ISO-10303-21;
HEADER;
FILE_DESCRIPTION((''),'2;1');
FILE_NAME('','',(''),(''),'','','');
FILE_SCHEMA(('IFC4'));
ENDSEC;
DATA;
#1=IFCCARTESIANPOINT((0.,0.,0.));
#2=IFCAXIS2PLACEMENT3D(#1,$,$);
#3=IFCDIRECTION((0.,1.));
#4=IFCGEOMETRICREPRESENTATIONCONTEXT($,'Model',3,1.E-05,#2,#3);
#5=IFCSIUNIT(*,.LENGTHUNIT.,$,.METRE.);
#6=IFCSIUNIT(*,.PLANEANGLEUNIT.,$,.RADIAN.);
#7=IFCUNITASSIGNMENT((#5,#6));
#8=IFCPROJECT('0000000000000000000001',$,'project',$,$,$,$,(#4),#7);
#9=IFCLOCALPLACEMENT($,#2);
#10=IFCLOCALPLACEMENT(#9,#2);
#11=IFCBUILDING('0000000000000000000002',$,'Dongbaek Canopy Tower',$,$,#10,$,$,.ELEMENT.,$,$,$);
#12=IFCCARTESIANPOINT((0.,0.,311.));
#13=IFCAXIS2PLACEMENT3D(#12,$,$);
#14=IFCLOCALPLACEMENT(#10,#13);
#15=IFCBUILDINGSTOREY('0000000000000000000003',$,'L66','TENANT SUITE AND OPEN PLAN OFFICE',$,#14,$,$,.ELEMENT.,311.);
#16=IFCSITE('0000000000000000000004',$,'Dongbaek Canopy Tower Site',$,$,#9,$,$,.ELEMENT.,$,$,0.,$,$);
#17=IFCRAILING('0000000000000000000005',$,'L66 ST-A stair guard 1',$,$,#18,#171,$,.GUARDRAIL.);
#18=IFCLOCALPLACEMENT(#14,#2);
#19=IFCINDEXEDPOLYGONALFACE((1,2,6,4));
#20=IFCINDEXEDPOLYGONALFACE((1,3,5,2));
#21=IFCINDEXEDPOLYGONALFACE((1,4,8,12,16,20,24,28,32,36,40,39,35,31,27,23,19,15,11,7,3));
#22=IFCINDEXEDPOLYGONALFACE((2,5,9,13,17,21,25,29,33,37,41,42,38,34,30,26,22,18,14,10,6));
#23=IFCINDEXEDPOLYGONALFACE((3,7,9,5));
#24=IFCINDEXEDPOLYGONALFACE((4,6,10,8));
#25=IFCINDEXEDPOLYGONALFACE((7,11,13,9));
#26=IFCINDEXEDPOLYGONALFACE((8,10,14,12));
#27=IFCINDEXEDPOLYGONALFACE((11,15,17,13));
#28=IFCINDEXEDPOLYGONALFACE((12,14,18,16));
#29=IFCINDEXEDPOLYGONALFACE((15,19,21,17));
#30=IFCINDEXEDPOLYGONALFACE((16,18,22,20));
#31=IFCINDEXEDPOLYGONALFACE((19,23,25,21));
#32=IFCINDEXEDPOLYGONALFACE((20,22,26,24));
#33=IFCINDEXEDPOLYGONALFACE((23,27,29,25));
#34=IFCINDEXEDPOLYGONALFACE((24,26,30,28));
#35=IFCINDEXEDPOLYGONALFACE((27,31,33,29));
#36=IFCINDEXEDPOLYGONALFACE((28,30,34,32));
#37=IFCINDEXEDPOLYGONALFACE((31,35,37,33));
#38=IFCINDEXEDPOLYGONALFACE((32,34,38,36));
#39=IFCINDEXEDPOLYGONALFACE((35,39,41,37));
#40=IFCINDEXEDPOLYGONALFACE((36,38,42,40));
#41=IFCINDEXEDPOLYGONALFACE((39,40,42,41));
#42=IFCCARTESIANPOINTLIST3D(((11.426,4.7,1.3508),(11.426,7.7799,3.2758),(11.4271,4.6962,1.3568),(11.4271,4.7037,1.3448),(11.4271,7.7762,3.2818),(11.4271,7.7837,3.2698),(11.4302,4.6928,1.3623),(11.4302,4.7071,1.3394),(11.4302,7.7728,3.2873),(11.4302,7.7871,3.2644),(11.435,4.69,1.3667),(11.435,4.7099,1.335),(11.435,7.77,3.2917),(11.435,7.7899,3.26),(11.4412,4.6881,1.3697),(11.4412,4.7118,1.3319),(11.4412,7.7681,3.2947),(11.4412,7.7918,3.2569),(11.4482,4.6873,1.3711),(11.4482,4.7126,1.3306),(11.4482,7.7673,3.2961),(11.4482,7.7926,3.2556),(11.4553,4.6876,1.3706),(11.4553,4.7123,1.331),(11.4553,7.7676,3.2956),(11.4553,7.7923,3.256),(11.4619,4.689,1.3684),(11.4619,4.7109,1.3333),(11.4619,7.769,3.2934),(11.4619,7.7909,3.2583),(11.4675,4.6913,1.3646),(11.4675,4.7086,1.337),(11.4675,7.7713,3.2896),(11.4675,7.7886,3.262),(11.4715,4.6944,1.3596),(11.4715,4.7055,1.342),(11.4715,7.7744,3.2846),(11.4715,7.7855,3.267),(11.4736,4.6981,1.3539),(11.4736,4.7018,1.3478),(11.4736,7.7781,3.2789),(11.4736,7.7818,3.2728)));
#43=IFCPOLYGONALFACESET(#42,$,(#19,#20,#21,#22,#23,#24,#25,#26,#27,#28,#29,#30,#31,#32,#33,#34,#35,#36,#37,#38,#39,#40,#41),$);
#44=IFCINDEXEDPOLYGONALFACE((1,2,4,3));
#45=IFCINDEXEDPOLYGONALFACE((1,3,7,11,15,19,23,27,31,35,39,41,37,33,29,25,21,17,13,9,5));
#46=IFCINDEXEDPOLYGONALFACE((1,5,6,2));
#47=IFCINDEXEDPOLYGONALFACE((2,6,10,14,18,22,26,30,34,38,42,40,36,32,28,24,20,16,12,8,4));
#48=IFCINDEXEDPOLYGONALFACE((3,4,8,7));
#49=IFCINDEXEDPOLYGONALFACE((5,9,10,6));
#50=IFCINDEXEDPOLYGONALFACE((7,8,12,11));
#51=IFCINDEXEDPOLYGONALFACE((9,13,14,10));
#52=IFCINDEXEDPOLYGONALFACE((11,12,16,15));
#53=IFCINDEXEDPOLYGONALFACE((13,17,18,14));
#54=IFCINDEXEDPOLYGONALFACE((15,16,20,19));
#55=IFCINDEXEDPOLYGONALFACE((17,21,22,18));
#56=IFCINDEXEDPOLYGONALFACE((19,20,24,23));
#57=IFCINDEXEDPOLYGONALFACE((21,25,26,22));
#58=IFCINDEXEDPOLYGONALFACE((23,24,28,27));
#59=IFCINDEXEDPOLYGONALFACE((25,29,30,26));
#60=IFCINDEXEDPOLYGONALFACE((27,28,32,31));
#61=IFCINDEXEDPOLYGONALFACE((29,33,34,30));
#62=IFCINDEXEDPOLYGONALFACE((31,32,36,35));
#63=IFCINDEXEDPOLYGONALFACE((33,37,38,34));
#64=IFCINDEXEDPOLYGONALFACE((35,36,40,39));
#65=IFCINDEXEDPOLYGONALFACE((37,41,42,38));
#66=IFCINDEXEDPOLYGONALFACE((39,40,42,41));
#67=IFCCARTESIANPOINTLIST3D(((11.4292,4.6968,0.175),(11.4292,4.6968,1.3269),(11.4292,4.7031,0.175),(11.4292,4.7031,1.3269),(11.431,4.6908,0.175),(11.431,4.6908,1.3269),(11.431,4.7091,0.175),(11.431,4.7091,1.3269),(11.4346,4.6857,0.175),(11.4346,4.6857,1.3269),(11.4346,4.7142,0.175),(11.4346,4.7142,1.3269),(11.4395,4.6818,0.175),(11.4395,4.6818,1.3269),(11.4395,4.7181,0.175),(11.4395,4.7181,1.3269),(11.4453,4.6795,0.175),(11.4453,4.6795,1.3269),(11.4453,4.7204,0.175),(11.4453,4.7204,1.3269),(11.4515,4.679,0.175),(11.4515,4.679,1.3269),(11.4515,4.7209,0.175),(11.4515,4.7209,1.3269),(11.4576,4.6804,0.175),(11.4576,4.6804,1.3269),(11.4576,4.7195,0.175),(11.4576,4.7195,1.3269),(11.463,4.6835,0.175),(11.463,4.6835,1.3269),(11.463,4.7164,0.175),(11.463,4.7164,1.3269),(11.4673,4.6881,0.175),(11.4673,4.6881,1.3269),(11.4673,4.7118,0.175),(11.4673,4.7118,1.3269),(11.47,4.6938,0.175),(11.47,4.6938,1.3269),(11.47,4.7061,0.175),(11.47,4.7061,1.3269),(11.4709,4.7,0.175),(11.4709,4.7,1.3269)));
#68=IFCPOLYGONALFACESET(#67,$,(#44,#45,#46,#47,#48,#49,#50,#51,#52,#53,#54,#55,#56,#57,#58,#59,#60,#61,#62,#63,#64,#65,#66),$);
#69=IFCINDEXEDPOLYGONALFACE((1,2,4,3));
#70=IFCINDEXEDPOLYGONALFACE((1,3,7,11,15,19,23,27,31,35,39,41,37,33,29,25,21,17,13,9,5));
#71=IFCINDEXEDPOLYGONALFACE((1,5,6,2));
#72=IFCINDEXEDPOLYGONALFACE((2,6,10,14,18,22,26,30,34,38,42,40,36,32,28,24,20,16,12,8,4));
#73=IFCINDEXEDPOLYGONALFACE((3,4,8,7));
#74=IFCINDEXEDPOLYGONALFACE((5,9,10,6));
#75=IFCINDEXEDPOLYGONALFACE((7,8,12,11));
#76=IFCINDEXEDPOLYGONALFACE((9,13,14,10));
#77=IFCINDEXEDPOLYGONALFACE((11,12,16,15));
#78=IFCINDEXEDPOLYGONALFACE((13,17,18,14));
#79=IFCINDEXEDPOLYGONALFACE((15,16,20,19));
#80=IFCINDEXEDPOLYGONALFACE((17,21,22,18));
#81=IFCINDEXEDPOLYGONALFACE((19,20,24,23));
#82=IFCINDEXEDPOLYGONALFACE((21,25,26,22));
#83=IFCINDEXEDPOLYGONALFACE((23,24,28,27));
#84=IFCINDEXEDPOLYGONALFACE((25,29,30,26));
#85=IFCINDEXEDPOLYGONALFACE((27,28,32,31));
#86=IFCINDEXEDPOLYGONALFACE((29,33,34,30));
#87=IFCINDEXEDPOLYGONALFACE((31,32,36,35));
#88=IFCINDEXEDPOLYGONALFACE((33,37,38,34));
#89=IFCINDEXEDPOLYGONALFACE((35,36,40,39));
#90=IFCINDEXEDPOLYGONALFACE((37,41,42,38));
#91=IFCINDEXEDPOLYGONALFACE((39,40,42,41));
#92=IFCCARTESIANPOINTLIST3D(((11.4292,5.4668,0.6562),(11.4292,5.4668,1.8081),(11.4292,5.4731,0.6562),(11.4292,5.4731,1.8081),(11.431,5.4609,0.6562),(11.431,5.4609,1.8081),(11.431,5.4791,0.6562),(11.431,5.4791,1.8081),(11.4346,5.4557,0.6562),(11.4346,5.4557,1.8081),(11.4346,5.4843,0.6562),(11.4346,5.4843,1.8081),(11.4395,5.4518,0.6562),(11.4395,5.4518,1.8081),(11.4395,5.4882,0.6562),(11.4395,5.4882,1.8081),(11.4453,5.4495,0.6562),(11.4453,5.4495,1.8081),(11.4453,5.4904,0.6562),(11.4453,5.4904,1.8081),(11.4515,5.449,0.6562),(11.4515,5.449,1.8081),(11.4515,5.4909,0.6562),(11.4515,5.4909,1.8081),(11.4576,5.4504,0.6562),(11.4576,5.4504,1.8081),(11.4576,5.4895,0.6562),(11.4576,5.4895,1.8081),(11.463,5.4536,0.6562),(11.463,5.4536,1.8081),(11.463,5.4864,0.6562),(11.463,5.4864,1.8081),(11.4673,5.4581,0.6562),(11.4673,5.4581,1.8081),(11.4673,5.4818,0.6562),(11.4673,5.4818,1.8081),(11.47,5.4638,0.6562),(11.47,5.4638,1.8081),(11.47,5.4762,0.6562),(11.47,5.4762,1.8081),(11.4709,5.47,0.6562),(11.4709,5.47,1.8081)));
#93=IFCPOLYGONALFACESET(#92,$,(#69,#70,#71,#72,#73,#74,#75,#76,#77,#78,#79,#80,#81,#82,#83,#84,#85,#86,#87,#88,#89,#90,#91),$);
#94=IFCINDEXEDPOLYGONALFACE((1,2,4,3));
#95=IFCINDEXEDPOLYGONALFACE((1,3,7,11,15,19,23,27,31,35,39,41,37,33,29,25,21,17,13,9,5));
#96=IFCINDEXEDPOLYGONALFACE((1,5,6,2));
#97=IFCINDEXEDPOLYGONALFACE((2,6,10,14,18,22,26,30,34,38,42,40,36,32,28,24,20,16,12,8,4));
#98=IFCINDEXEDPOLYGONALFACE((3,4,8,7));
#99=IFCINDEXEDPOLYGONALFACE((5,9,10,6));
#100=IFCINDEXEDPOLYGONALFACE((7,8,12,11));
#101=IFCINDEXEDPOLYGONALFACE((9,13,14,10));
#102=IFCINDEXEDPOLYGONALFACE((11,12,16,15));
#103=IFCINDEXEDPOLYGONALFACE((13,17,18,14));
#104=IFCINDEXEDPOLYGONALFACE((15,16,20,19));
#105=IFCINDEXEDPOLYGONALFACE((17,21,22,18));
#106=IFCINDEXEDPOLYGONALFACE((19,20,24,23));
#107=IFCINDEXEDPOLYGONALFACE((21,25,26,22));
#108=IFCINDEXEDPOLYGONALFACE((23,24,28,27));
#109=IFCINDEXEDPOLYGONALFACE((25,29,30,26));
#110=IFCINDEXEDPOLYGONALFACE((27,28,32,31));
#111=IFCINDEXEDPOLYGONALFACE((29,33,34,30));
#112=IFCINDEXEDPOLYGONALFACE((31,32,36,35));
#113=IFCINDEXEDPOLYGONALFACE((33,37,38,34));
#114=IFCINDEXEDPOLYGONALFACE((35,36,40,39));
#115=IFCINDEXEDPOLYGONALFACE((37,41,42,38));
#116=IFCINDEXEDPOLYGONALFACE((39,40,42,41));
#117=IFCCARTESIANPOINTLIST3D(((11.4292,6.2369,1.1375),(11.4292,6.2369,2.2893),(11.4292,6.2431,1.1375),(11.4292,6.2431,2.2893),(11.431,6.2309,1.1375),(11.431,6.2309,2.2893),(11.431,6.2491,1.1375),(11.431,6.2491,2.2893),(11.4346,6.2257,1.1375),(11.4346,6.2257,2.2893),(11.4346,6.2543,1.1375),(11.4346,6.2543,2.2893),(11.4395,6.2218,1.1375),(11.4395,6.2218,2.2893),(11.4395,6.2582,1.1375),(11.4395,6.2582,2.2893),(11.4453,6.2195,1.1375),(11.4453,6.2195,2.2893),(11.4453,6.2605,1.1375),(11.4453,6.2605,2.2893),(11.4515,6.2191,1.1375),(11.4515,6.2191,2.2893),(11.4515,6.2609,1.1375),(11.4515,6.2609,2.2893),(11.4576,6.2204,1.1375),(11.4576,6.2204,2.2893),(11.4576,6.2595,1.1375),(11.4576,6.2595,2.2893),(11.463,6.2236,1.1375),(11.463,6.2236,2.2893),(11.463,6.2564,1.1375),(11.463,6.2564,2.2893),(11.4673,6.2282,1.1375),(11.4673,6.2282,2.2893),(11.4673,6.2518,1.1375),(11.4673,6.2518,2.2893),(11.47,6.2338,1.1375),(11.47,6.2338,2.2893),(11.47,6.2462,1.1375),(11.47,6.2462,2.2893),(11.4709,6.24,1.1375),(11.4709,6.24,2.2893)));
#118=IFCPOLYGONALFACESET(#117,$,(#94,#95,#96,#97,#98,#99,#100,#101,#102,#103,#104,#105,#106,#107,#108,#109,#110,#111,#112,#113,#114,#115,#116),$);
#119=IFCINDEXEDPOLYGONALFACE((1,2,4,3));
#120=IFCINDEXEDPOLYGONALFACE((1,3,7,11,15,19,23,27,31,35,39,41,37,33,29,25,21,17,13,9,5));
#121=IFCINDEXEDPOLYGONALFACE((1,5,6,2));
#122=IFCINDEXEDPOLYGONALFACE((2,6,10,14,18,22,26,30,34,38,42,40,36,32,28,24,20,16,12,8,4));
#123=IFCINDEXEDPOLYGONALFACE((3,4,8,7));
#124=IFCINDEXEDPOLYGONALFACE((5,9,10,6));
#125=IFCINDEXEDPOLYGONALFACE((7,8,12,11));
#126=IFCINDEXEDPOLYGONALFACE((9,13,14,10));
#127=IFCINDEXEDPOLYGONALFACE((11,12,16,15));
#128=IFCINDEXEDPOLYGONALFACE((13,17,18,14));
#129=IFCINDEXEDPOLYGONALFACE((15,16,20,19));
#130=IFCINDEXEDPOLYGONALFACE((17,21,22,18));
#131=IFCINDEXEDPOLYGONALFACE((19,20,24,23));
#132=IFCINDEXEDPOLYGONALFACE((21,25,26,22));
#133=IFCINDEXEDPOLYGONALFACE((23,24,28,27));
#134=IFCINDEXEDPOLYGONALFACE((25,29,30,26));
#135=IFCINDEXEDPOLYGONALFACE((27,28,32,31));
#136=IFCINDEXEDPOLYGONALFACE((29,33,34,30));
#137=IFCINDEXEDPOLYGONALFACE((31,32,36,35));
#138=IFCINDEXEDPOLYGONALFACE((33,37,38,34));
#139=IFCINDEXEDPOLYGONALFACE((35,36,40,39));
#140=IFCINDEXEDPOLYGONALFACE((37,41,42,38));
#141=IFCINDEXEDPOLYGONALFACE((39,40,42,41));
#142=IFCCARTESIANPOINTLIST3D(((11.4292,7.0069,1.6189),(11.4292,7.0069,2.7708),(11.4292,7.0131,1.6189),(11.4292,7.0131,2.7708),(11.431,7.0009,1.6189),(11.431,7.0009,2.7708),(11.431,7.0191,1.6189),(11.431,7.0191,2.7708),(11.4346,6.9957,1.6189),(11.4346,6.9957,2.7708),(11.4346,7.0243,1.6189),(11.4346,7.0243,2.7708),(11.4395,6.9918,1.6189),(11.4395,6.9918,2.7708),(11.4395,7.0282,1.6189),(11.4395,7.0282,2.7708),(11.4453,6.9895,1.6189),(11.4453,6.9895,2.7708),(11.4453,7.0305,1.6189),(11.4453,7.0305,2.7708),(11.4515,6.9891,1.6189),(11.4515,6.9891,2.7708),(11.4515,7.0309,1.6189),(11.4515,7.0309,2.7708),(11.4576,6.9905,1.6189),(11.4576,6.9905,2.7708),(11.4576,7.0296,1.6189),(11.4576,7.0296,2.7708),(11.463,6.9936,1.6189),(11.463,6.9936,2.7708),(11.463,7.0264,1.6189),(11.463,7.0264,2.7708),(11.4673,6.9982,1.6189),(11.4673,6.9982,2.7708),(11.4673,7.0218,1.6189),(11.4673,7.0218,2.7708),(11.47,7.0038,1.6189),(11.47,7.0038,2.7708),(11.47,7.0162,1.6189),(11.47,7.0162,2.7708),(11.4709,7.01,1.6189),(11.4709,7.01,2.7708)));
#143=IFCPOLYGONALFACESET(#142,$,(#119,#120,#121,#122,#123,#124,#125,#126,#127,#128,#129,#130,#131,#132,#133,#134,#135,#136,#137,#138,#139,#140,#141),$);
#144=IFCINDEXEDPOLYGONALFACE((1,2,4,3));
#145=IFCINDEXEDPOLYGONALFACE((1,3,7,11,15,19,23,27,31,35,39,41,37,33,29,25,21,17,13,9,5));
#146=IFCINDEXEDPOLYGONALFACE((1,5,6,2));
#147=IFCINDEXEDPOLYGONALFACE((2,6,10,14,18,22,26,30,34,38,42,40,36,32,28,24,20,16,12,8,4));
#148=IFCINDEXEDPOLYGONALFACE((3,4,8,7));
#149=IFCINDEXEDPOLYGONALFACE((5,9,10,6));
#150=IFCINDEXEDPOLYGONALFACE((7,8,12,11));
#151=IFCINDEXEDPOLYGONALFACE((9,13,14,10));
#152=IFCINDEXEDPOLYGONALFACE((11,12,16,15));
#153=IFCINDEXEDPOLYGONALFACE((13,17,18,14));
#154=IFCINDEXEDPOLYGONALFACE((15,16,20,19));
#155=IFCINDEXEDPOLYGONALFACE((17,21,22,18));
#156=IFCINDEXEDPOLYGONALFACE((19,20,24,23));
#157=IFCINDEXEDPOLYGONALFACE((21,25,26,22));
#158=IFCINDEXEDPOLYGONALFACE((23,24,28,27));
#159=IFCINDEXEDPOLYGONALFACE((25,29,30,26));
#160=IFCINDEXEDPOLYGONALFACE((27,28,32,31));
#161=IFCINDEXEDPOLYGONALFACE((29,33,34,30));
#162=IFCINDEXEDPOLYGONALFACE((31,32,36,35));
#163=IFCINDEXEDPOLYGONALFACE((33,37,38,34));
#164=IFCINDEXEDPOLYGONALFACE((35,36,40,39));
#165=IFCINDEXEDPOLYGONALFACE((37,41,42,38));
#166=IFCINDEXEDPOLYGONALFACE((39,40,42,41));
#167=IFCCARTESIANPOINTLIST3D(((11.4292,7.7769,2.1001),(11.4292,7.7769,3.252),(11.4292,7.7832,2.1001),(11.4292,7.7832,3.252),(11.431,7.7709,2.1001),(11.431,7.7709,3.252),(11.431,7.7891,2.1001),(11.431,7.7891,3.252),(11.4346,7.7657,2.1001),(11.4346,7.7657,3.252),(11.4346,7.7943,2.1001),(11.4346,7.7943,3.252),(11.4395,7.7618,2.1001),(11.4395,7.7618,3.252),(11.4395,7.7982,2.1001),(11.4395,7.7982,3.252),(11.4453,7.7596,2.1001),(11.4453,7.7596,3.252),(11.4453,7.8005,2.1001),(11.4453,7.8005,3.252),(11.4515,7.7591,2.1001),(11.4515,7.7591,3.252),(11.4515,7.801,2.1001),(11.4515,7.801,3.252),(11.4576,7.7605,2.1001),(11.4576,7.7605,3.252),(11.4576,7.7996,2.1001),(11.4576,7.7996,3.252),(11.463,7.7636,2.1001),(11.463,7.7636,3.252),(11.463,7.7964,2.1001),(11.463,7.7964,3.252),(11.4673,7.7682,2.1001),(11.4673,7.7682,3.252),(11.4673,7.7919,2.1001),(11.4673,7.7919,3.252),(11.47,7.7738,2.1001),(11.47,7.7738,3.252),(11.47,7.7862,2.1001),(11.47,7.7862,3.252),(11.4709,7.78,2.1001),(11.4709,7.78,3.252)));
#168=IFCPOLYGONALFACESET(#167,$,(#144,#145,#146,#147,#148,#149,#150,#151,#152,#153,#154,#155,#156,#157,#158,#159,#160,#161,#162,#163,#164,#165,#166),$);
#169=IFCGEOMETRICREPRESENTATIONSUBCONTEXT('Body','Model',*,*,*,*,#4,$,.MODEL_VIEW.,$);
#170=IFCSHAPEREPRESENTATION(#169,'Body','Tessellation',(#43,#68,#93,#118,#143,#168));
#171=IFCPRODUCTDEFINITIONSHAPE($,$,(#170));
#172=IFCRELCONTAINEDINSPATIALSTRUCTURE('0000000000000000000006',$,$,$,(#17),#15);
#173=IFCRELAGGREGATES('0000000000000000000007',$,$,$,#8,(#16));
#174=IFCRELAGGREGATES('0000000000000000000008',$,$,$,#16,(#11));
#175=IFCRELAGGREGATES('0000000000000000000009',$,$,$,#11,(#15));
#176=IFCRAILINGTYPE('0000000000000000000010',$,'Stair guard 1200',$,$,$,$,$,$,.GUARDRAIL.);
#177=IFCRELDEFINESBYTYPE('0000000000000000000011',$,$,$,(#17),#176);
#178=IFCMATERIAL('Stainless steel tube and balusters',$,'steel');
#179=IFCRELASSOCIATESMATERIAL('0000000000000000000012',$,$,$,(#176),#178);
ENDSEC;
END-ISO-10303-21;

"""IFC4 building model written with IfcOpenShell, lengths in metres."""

from ifc_helpers import new_model, si_unit, direction, frame, origin, origin_2d, place, context, subcontext, project, spatial, circle, extrude, material, type_object, element, save


model = new_model("IFC4")

# Units and contexts
model_context = context("Model", 3, precision=1e-05, world=origin(), true_north=direction((0.0, 1.0)))
body_context = subcontext(model_context, "Body", "Model", "MODEL_VIEW")
ifc_project = project(units=[si_unit("LENGTHUNIT", "METRE"), si_unit("PLANEANGLEUNIT", "RADIAN")], contexts=[model_context])

# Site, building, storey
site_placement = place(None, origin())
site = spatial("IfcSite", under=ifc_project, at=site_placement, Name="Dongbaek Canopy Tower Site", CompositionType="ELEMENT", RefElevation=0.0)
building_placement = place(site_placement, origin())
building = spatial("IfcBuilding", under=site, at=building_placement, Name="Dongbaek Canopy Tower", CompositionType="ELEMENT")
storey_placement = place(building_placement, frame((0.0, 0.0, 311.0)))
storey = spatial("IfcBuildingStorey", under=building, at=storey_placement, Name="L66", Description="TENANT SUITE AND OPEN PLAN OFFICE", CompositionType="ELEMENT", Elevation=311.0)

# Railing
ifc_material_1 = material(Name="Stainless steel tube and balusters", Category="steel")
railing_type_1 = type_object("IfcRailingType", Name="Stair guard 1200", PredefinedType="GUARDRAIL", material=ifc_material_1)
railing_1_placement = place(storey_placement, frame((11.45, 4.7, 0.175)))
element("IfcRailing", 1, at=railing_1_placement, inside=storey, type_object=railing_type_1, Name="L66 ST-A stair guard 1", PredefinedType="GUARDRAIL", context=body_context, shape_type="SweptSolid", body=[
    extrude(circle(Radius=0.0239, at=origin_2d()), frame((0.0, 0.0, 1.1758), z_axis=(0.0, 0.847998, 0.529999), x_axis=(-1.0, 0.0, 0.0)), (0.0, 0.0, 1.0), 3.6321),
    extrude(circle(Radius=0.021, at=origin_2d()), origin(), (0.0, 0.0, 1.0), 1.1519),
    extrude(circle(Radius=0.021, at=origin_2d()), frame((0.0, 0.77, 0.4812)), (0.0, 0.0, 1.0), 1.1519),
    extrude(circle(Radius=0.021, at=origin_2d()), frame((0.0, 1.54, 0.9624)), (0.0, 0.0, 1.0), 1.1519),
    extrude(circle(Radius=0.021, at=origin_2d()), frame((0.0, 2.3101, 1.4438)), (0.0, 0.0, 1.0), 1.1519),
    extrude(circle(Radius=0.021, at=origin_2d()), frame((0.0, 3.0801, 1.925)), (0.0, 0.0, 1.0), 1.1519),
])

save(model, "model.ifc")
